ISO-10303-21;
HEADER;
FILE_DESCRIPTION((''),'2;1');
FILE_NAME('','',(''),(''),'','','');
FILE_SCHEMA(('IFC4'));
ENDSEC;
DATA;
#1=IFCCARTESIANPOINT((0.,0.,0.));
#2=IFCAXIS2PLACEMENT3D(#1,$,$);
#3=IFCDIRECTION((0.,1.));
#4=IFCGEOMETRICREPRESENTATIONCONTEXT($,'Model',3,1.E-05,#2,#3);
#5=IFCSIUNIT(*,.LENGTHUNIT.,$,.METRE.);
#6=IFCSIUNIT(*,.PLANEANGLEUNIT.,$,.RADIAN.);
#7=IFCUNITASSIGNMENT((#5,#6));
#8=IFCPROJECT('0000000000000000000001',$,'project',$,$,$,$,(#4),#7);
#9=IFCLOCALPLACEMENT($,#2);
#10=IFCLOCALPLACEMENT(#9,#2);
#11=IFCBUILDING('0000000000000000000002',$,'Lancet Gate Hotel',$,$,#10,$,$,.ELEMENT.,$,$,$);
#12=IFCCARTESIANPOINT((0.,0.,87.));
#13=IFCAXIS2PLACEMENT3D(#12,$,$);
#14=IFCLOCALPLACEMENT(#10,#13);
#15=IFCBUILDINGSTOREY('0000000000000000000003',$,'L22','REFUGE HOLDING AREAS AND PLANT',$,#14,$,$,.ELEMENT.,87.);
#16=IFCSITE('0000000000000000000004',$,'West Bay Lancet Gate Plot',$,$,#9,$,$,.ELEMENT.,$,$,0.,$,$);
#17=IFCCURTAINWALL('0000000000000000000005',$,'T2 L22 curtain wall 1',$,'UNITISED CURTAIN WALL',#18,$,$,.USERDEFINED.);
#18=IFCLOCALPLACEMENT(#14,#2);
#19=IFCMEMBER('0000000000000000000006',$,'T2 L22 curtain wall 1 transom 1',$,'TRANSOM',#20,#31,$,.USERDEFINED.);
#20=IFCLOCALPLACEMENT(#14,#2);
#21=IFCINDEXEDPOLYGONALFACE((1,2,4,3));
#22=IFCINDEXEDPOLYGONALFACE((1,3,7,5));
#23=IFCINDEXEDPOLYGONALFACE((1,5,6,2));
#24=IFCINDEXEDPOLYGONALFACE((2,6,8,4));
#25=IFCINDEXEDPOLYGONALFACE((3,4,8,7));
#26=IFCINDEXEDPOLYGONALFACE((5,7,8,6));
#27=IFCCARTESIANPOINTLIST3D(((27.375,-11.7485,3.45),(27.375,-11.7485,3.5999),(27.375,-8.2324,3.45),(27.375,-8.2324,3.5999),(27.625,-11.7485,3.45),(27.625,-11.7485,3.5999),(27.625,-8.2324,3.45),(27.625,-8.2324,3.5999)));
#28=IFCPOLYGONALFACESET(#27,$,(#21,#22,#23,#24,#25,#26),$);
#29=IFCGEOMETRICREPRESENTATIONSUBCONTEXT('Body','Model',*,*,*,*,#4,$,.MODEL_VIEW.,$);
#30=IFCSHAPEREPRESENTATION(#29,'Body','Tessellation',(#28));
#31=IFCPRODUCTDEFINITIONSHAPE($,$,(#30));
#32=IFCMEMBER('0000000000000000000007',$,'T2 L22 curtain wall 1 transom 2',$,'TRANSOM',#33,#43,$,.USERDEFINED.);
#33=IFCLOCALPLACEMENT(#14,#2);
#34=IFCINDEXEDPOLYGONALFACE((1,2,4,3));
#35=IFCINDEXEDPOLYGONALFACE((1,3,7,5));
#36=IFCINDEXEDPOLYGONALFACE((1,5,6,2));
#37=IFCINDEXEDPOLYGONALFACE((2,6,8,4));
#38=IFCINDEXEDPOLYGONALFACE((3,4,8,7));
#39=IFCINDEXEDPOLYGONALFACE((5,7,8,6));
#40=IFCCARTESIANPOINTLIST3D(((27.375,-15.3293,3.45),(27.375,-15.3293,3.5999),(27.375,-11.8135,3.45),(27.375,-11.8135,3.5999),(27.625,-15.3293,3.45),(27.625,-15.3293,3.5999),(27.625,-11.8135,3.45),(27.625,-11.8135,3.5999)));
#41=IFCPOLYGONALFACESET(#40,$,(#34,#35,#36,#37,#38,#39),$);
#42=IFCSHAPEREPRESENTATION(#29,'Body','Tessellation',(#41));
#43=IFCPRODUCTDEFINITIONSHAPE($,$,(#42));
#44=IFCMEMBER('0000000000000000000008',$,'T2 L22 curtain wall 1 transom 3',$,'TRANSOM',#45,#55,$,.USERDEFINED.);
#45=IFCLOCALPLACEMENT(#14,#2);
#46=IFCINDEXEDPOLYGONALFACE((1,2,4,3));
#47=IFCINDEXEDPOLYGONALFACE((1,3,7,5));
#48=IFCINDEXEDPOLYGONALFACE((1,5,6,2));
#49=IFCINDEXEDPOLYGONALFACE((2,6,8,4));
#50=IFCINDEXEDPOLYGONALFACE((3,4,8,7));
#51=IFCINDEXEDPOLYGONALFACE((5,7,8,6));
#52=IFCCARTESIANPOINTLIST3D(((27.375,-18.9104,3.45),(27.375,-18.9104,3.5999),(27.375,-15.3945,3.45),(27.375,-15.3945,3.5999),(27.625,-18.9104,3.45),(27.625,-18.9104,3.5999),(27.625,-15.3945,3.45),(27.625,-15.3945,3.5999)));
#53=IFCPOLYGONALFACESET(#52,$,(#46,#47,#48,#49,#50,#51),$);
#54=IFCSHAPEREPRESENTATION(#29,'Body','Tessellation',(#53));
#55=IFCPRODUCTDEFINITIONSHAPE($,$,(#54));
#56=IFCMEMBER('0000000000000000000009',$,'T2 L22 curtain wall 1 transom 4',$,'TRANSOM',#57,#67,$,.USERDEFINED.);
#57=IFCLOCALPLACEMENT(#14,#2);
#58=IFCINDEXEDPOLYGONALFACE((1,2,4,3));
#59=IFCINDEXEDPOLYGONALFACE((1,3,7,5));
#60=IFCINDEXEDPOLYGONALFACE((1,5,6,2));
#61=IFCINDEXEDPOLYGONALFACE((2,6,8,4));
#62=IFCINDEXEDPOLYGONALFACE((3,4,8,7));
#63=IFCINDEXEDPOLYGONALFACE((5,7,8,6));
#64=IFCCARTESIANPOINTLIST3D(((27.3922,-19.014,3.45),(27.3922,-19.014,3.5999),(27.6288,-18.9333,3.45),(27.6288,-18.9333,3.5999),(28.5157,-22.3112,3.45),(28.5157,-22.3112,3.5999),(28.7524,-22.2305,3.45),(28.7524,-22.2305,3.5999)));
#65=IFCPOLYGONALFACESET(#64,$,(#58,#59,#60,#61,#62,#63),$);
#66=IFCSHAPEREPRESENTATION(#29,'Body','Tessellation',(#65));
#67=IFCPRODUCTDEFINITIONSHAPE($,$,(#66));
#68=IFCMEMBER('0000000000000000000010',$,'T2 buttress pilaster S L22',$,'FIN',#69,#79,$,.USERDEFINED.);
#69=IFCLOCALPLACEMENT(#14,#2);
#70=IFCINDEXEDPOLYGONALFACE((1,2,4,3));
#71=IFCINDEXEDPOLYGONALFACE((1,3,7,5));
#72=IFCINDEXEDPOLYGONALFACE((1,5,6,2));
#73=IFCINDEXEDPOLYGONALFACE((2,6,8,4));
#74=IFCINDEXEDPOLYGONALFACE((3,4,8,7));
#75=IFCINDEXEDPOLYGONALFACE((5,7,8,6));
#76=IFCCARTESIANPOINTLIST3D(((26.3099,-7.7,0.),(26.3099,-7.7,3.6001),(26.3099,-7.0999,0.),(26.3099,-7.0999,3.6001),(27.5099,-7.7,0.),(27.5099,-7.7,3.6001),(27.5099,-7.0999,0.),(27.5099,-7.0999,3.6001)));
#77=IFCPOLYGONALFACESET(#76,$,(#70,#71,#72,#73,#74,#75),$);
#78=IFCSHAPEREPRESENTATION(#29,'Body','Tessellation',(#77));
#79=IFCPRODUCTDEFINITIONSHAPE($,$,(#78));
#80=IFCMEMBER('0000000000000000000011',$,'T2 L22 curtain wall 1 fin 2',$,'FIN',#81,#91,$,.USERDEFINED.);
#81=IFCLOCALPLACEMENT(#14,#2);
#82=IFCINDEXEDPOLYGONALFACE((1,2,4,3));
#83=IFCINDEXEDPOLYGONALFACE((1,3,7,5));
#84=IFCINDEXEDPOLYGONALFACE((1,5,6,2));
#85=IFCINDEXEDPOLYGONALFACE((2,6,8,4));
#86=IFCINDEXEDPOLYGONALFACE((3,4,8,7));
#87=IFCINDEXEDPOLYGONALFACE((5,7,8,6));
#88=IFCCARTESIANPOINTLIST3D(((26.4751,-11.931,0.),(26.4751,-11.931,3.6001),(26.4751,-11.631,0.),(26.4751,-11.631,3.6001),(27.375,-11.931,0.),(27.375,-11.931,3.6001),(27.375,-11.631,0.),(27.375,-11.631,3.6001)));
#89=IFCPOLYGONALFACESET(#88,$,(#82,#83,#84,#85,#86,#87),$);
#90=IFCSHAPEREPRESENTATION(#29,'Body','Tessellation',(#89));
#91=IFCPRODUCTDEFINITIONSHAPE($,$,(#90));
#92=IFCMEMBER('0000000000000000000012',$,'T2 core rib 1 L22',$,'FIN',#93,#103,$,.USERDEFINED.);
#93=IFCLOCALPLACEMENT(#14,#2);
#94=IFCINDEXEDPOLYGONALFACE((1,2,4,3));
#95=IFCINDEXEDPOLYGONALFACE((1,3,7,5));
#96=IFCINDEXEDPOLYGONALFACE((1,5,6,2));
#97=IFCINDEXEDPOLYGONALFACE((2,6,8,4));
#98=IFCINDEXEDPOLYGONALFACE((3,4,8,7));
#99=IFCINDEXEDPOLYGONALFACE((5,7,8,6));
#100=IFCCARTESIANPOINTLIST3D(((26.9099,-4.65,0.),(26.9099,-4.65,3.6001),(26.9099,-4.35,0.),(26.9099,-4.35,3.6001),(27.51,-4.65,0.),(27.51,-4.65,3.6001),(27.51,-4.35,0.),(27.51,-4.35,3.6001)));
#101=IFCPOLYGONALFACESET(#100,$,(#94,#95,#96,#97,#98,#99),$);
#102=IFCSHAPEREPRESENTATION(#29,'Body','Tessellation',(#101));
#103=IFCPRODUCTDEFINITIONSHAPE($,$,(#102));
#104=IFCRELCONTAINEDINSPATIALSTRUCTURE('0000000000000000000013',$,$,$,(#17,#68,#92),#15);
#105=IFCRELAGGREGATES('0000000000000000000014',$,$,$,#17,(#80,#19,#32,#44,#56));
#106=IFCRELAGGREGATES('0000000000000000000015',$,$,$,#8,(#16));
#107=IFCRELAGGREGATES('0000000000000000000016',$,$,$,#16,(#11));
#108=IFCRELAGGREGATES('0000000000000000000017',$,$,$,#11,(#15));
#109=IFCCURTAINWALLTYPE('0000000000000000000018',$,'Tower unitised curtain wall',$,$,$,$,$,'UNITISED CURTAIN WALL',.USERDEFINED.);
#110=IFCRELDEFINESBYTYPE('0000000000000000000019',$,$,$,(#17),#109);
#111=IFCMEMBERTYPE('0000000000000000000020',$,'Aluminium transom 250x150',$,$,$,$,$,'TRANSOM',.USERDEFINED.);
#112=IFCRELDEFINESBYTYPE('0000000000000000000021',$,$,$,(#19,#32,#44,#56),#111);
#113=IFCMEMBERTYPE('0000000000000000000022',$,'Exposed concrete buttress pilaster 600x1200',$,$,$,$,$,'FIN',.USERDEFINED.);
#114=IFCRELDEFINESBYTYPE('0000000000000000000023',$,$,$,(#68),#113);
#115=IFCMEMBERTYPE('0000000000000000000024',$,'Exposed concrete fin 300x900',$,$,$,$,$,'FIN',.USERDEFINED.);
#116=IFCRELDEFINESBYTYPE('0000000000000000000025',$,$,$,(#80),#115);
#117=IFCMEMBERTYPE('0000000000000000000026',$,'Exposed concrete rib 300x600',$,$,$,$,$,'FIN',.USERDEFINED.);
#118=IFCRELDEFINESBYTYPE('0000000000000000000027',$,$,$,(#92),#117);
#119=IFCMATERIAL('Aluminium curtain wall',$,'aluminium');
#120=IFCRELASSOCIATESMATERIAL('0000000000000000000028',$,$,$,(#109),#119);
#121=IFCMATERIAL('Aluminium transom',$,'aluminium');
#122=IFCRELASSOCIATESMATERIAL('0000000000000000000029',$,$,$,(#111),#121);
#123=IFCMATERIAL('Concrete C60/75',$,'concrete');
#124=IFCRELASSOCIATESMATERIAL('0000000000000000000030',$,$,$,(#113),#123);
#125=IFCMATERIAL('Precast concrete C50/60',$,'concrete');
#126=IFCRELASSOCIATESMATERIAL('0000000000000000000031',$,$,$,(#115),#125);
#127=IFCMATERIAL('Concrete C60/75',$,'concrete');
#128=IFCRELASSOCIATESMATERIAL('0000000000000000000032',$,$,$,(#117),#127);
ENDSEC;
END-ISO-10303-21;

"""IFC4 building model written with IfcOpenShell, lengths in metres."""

from ifc_helpers import new_model, si_unit, direction, frame, origin, origin_2d, place, context, subcontext, project, spatial, rectangle, extrude, material, material_profile, profile_set, type_object, element, aggregate, save


model = new_model("IFC4")

# Units and contexts
model_context = context("Model", 3, precision=1e-05, world=origin(), true_north=direction((0.0, 1.0)))
body_context = subcontext(model_context, "Body", "Model", "MODEL_VIEW")
ifc_project = project(units=[si_unit("LENGTHUNIT", "METRE"), si_unit("PLANEANGLEUNIT", "RADIAN")], contexts=[model_context])

# Site, building, storey
site_placement = place(None, origin())
site = spatial("IfcSite", under=ifc_project, at=site_placement, Name="West Bay Lancet Gate Plot", CompositionType="ELEMENT", RefElevation=0.0)
building_placement = place(site_placement, origin())
building = spatial("IfcBuilding", under=site, at=building_placement, Name="Lancet Gate Hotel", CompositionType="ELEMENT")
storey_placement = place(building_placement, frame((0.0, 0.0, 87.0)))
storey = spatial("IfcBuildingStorey", under=building, at=storey_placement, Name="L22", Description="REFUGE HOLDING AREAS AND PLANT", CompositionType="ELEMENT", Elevation=87.0)

# Curtain wall, members
ifc_material_1 = material(Name="Aluminium curtain wall", Category="aluminium")
curtain_wall_type = type_object("IfcCurtainWallType", Name="Tower unitised curtain wall", ElementType="UNITISED CURTAIN WALL", PredefinedType="USERDEFINED", material=ifc_material_1)
curtain_wall_placement = place(storey_placement, origin())
curtain_wall = element("IfcCurtainWall", 1, at=curtain_wall_placement, inside=storey, type_object=curtain_wall_type, Name="T2 L22 curtain wall 1", ObjectType="UNITISED CURTAIN WALL", PredefinedType="USERDEFINED")
ifc_material_2 = material(Name="Aluminium transom", Category="aluminium")
ifc_material_profile_1 = material_profile(ifc_material_2, rectangle(XDim=0.25, YDim=0.1499, at=origin_2d()), Name="TRANSOM 250x150")
ifc_profile_set_1 = profile_set([ifc_material_profile_1], Name="Aluminium transom")
member_type_1 = type_object("IfcMemberType", Name="Aluminium transom 250x150", ElementType="TRANSOM", PredefinedType="USERDEFINED", material=ifc_profile_set_1)
member_1_placement = place(storey_placement, frame((27.5, -8.2324, 3.5249), z_axis=(0.0, -1.0, 0.0), x_axis=(1.0, 0.0, 0.0)))
member_1 = element("IfcMember", 2, at=member_1_placement, type_object=member_type_1, Name="T2 L22 curtain wall 1 transom 1", ObjectType="TRANSOM", PredefinedType="USERDEFINED", context=body_context, shape_type="SweptSolid", body=[
    extrude(rectangle(XDim=0.25, YDim=0.1499, at=origin_2d()), origin(), (0.0, 0.0, 1.0), 3.5161),
])
member_2_placement = place(storey_placement, frame((27.5, -11.8135, 3.5249), z_axis=(0.0, -1.0, 0.0), x_axis=(1.0, 0.0, 0.0)))
member_2 = element("IfcMember", 3, at=member_2_placement, type_object=member_type_1, Name="T2 L22 curtain wall 1 transom 2", ObjectType="TRANSOM", PredefinedType="USERDEFINED", context=body_context, shape_type="SweptSolid", body=[
    extrude(rectangle(XDim=0.25, YDim=0.1499, at=origin_2d()), origin(), (0.0, 0.0, 1.0), 3.5159),
])
member_3_placement = place(storey_placement, frame((27.5, -15.3945, 3.5249), z_axis=(0.0, -1.0, 0.0), x_axis=(1.0, 0.0, 0.0)))
member_3 = element("IfcMember", 4, at=member_3_placement, type_object=member_type_1, Name="T2 L22 curtain wall 1 transom 3", ObjectType="TRANSOM", PredefinedType="USERDEFINED", context=body_context, shape_type="SweptSolid", body=[
    extrude(rectangle(XDim=0.25, YDim=0.1499, at=origin_2d()), origin(), (0.0, 0.0, 1.0), 3.5159),
])
member_4_placement = place(storey_placement, frame((27.5105, -18.9736, 3.5249), z_axis=(0.32255, -0.946553, 0.0), x_axis=(0.946553, 0.32255, 0.0)))
member_4 = element("IfcMember", 5, at=member_4_placement, type_object=member_type_1, Name="T2 L22 curtain wall 1 transom 4", ObjectType="TRANSOM", PredefinedType="USERDEFINED", context=body_context, shape_type="SweptSolid", body=[
    extrude(rectangle(XDim=0.25, YDim=0.1499, at=origin_2d()), origin(), (0.0, 0.0, 1.0), 3.4834),
])

# Members
ifc_material_3 = material(Name="Concrete C60/75", Category="concrete")
ifc_material_profile_2 = material_profile(ifc_material_3, rectangle(XDim=0.6001, YDim=1.2, at=origin_2d()), Name="FIN 600x1200")
ifc_profile_set_2 = profile_set([ifc_material_profile_2], Name="Concrete C60/75")
member_type_2 = type_object("IfcMemberType", Name="Exposed concrete buttress pilaster 600x1200", ElementType="FIN", PredefinedType="USERDEFINED", material=ifc_profile_set_2)
member_5_placement = place(storey_placement, frame((26.9099, -7.3999, 0.0), z_axis=(0.0, 0.0, 1.0), x_axis=(0.0, 1.0, 0.0)))
element("IfcMember", 6, at=member_5_placement, inside=storey, type_object=member_type_2, Name="T2 buttress pilaster S L22", ObjectType="FIN", PredefinedType="USERDEFINED", context=body_context, shape_type="SweptSolid", body=[
    extrude(rectangle(XDim=0.6001, YDim=1.2, at=origin_2d()), origin(), (0.0, 0.0, 1.0), 3.6001),
])
ifc_material_4 = material(Name="Precast concrete C50/60", Category="concrete")
ifc_material_profile_3 = material_profile(ifc_material_4, rectangle(XDim=0.3, YDim=0.8999, at=origin_2d()), Name="FIN 300x900")
ifc_profile_set_3 = profile_set([ifc_material_profile_3], Name="Precast concrete C50/60")
member_type_3 = type_object("IfcMemberType", Name="Exposed concrete fin 300x900", ElementType="FIN", PredefinedType="USERDEFINED", material=ifc_profile_set_3)
member_6_placement = place(storey_placement, frame((26.925, -11.781, 0.0), z_axis=(0.0, 0.0, 1.0), x_axis=(0.0, -1.0, 0.0)))
member_6 = element("IfcMember", 7, at=member_6_placement, type_object=member_type_3, Name="T2 L22 curtain wall 1 fin 2", ObjectType="FIN", PredefinedType="USERDEFINED", context=body_context, shape_type="SweptSolid", body=[
    extrude(rectangle(XDim=0.3, YDim=0.8999, at=origin_2d()), origin(), (0.0, 0.0, 1.0), 3.6001),
])
ifc_material_5 = material(Name="Concrete C60/75", Category="concrete")
ifc_material_profile_4 = material_profile(ifc_material_5, rectangle(XDim=0.3, YDim=0.6001, at=origin_2d()), Name="FIN 300x600")
ifc_profile_set_4 = profile_set([ifc_material_profile_4], Name="Concrete C60/75")
member_type_4 = type_object("IfcMemberType", Name="Exposed concrete rib 300x600", ElementType="FIN", PredefinedType="USERDEFINED", material=ifc_profile_set_4)
member_7_placement = place(storey_placement, frame((27.21, -4.5, 0.0), z_axis=(0.0, 0.0, 1.0), x_axis=(0.0, 1.0, 0.0)))
element("IfcMember", 8, at=member_7_placement, inside=storey, type_object=member_type_4, Name="T2 core rib 1 L22", ObjectType="FIN", PredefinedType="USERDEFINED", context=body_context, shape_type="SweptSolid", body=[
    extrude(rectangle(XDim=0.3, YDim=0.6001, at=origin_2d()), origin(), (0.0, 0.0, 1.0), 3.6001),
])

aggregate(curtain_wall, [member_6, member_1, member_2, member_3, member_4])

save(model, "model.ifc")
